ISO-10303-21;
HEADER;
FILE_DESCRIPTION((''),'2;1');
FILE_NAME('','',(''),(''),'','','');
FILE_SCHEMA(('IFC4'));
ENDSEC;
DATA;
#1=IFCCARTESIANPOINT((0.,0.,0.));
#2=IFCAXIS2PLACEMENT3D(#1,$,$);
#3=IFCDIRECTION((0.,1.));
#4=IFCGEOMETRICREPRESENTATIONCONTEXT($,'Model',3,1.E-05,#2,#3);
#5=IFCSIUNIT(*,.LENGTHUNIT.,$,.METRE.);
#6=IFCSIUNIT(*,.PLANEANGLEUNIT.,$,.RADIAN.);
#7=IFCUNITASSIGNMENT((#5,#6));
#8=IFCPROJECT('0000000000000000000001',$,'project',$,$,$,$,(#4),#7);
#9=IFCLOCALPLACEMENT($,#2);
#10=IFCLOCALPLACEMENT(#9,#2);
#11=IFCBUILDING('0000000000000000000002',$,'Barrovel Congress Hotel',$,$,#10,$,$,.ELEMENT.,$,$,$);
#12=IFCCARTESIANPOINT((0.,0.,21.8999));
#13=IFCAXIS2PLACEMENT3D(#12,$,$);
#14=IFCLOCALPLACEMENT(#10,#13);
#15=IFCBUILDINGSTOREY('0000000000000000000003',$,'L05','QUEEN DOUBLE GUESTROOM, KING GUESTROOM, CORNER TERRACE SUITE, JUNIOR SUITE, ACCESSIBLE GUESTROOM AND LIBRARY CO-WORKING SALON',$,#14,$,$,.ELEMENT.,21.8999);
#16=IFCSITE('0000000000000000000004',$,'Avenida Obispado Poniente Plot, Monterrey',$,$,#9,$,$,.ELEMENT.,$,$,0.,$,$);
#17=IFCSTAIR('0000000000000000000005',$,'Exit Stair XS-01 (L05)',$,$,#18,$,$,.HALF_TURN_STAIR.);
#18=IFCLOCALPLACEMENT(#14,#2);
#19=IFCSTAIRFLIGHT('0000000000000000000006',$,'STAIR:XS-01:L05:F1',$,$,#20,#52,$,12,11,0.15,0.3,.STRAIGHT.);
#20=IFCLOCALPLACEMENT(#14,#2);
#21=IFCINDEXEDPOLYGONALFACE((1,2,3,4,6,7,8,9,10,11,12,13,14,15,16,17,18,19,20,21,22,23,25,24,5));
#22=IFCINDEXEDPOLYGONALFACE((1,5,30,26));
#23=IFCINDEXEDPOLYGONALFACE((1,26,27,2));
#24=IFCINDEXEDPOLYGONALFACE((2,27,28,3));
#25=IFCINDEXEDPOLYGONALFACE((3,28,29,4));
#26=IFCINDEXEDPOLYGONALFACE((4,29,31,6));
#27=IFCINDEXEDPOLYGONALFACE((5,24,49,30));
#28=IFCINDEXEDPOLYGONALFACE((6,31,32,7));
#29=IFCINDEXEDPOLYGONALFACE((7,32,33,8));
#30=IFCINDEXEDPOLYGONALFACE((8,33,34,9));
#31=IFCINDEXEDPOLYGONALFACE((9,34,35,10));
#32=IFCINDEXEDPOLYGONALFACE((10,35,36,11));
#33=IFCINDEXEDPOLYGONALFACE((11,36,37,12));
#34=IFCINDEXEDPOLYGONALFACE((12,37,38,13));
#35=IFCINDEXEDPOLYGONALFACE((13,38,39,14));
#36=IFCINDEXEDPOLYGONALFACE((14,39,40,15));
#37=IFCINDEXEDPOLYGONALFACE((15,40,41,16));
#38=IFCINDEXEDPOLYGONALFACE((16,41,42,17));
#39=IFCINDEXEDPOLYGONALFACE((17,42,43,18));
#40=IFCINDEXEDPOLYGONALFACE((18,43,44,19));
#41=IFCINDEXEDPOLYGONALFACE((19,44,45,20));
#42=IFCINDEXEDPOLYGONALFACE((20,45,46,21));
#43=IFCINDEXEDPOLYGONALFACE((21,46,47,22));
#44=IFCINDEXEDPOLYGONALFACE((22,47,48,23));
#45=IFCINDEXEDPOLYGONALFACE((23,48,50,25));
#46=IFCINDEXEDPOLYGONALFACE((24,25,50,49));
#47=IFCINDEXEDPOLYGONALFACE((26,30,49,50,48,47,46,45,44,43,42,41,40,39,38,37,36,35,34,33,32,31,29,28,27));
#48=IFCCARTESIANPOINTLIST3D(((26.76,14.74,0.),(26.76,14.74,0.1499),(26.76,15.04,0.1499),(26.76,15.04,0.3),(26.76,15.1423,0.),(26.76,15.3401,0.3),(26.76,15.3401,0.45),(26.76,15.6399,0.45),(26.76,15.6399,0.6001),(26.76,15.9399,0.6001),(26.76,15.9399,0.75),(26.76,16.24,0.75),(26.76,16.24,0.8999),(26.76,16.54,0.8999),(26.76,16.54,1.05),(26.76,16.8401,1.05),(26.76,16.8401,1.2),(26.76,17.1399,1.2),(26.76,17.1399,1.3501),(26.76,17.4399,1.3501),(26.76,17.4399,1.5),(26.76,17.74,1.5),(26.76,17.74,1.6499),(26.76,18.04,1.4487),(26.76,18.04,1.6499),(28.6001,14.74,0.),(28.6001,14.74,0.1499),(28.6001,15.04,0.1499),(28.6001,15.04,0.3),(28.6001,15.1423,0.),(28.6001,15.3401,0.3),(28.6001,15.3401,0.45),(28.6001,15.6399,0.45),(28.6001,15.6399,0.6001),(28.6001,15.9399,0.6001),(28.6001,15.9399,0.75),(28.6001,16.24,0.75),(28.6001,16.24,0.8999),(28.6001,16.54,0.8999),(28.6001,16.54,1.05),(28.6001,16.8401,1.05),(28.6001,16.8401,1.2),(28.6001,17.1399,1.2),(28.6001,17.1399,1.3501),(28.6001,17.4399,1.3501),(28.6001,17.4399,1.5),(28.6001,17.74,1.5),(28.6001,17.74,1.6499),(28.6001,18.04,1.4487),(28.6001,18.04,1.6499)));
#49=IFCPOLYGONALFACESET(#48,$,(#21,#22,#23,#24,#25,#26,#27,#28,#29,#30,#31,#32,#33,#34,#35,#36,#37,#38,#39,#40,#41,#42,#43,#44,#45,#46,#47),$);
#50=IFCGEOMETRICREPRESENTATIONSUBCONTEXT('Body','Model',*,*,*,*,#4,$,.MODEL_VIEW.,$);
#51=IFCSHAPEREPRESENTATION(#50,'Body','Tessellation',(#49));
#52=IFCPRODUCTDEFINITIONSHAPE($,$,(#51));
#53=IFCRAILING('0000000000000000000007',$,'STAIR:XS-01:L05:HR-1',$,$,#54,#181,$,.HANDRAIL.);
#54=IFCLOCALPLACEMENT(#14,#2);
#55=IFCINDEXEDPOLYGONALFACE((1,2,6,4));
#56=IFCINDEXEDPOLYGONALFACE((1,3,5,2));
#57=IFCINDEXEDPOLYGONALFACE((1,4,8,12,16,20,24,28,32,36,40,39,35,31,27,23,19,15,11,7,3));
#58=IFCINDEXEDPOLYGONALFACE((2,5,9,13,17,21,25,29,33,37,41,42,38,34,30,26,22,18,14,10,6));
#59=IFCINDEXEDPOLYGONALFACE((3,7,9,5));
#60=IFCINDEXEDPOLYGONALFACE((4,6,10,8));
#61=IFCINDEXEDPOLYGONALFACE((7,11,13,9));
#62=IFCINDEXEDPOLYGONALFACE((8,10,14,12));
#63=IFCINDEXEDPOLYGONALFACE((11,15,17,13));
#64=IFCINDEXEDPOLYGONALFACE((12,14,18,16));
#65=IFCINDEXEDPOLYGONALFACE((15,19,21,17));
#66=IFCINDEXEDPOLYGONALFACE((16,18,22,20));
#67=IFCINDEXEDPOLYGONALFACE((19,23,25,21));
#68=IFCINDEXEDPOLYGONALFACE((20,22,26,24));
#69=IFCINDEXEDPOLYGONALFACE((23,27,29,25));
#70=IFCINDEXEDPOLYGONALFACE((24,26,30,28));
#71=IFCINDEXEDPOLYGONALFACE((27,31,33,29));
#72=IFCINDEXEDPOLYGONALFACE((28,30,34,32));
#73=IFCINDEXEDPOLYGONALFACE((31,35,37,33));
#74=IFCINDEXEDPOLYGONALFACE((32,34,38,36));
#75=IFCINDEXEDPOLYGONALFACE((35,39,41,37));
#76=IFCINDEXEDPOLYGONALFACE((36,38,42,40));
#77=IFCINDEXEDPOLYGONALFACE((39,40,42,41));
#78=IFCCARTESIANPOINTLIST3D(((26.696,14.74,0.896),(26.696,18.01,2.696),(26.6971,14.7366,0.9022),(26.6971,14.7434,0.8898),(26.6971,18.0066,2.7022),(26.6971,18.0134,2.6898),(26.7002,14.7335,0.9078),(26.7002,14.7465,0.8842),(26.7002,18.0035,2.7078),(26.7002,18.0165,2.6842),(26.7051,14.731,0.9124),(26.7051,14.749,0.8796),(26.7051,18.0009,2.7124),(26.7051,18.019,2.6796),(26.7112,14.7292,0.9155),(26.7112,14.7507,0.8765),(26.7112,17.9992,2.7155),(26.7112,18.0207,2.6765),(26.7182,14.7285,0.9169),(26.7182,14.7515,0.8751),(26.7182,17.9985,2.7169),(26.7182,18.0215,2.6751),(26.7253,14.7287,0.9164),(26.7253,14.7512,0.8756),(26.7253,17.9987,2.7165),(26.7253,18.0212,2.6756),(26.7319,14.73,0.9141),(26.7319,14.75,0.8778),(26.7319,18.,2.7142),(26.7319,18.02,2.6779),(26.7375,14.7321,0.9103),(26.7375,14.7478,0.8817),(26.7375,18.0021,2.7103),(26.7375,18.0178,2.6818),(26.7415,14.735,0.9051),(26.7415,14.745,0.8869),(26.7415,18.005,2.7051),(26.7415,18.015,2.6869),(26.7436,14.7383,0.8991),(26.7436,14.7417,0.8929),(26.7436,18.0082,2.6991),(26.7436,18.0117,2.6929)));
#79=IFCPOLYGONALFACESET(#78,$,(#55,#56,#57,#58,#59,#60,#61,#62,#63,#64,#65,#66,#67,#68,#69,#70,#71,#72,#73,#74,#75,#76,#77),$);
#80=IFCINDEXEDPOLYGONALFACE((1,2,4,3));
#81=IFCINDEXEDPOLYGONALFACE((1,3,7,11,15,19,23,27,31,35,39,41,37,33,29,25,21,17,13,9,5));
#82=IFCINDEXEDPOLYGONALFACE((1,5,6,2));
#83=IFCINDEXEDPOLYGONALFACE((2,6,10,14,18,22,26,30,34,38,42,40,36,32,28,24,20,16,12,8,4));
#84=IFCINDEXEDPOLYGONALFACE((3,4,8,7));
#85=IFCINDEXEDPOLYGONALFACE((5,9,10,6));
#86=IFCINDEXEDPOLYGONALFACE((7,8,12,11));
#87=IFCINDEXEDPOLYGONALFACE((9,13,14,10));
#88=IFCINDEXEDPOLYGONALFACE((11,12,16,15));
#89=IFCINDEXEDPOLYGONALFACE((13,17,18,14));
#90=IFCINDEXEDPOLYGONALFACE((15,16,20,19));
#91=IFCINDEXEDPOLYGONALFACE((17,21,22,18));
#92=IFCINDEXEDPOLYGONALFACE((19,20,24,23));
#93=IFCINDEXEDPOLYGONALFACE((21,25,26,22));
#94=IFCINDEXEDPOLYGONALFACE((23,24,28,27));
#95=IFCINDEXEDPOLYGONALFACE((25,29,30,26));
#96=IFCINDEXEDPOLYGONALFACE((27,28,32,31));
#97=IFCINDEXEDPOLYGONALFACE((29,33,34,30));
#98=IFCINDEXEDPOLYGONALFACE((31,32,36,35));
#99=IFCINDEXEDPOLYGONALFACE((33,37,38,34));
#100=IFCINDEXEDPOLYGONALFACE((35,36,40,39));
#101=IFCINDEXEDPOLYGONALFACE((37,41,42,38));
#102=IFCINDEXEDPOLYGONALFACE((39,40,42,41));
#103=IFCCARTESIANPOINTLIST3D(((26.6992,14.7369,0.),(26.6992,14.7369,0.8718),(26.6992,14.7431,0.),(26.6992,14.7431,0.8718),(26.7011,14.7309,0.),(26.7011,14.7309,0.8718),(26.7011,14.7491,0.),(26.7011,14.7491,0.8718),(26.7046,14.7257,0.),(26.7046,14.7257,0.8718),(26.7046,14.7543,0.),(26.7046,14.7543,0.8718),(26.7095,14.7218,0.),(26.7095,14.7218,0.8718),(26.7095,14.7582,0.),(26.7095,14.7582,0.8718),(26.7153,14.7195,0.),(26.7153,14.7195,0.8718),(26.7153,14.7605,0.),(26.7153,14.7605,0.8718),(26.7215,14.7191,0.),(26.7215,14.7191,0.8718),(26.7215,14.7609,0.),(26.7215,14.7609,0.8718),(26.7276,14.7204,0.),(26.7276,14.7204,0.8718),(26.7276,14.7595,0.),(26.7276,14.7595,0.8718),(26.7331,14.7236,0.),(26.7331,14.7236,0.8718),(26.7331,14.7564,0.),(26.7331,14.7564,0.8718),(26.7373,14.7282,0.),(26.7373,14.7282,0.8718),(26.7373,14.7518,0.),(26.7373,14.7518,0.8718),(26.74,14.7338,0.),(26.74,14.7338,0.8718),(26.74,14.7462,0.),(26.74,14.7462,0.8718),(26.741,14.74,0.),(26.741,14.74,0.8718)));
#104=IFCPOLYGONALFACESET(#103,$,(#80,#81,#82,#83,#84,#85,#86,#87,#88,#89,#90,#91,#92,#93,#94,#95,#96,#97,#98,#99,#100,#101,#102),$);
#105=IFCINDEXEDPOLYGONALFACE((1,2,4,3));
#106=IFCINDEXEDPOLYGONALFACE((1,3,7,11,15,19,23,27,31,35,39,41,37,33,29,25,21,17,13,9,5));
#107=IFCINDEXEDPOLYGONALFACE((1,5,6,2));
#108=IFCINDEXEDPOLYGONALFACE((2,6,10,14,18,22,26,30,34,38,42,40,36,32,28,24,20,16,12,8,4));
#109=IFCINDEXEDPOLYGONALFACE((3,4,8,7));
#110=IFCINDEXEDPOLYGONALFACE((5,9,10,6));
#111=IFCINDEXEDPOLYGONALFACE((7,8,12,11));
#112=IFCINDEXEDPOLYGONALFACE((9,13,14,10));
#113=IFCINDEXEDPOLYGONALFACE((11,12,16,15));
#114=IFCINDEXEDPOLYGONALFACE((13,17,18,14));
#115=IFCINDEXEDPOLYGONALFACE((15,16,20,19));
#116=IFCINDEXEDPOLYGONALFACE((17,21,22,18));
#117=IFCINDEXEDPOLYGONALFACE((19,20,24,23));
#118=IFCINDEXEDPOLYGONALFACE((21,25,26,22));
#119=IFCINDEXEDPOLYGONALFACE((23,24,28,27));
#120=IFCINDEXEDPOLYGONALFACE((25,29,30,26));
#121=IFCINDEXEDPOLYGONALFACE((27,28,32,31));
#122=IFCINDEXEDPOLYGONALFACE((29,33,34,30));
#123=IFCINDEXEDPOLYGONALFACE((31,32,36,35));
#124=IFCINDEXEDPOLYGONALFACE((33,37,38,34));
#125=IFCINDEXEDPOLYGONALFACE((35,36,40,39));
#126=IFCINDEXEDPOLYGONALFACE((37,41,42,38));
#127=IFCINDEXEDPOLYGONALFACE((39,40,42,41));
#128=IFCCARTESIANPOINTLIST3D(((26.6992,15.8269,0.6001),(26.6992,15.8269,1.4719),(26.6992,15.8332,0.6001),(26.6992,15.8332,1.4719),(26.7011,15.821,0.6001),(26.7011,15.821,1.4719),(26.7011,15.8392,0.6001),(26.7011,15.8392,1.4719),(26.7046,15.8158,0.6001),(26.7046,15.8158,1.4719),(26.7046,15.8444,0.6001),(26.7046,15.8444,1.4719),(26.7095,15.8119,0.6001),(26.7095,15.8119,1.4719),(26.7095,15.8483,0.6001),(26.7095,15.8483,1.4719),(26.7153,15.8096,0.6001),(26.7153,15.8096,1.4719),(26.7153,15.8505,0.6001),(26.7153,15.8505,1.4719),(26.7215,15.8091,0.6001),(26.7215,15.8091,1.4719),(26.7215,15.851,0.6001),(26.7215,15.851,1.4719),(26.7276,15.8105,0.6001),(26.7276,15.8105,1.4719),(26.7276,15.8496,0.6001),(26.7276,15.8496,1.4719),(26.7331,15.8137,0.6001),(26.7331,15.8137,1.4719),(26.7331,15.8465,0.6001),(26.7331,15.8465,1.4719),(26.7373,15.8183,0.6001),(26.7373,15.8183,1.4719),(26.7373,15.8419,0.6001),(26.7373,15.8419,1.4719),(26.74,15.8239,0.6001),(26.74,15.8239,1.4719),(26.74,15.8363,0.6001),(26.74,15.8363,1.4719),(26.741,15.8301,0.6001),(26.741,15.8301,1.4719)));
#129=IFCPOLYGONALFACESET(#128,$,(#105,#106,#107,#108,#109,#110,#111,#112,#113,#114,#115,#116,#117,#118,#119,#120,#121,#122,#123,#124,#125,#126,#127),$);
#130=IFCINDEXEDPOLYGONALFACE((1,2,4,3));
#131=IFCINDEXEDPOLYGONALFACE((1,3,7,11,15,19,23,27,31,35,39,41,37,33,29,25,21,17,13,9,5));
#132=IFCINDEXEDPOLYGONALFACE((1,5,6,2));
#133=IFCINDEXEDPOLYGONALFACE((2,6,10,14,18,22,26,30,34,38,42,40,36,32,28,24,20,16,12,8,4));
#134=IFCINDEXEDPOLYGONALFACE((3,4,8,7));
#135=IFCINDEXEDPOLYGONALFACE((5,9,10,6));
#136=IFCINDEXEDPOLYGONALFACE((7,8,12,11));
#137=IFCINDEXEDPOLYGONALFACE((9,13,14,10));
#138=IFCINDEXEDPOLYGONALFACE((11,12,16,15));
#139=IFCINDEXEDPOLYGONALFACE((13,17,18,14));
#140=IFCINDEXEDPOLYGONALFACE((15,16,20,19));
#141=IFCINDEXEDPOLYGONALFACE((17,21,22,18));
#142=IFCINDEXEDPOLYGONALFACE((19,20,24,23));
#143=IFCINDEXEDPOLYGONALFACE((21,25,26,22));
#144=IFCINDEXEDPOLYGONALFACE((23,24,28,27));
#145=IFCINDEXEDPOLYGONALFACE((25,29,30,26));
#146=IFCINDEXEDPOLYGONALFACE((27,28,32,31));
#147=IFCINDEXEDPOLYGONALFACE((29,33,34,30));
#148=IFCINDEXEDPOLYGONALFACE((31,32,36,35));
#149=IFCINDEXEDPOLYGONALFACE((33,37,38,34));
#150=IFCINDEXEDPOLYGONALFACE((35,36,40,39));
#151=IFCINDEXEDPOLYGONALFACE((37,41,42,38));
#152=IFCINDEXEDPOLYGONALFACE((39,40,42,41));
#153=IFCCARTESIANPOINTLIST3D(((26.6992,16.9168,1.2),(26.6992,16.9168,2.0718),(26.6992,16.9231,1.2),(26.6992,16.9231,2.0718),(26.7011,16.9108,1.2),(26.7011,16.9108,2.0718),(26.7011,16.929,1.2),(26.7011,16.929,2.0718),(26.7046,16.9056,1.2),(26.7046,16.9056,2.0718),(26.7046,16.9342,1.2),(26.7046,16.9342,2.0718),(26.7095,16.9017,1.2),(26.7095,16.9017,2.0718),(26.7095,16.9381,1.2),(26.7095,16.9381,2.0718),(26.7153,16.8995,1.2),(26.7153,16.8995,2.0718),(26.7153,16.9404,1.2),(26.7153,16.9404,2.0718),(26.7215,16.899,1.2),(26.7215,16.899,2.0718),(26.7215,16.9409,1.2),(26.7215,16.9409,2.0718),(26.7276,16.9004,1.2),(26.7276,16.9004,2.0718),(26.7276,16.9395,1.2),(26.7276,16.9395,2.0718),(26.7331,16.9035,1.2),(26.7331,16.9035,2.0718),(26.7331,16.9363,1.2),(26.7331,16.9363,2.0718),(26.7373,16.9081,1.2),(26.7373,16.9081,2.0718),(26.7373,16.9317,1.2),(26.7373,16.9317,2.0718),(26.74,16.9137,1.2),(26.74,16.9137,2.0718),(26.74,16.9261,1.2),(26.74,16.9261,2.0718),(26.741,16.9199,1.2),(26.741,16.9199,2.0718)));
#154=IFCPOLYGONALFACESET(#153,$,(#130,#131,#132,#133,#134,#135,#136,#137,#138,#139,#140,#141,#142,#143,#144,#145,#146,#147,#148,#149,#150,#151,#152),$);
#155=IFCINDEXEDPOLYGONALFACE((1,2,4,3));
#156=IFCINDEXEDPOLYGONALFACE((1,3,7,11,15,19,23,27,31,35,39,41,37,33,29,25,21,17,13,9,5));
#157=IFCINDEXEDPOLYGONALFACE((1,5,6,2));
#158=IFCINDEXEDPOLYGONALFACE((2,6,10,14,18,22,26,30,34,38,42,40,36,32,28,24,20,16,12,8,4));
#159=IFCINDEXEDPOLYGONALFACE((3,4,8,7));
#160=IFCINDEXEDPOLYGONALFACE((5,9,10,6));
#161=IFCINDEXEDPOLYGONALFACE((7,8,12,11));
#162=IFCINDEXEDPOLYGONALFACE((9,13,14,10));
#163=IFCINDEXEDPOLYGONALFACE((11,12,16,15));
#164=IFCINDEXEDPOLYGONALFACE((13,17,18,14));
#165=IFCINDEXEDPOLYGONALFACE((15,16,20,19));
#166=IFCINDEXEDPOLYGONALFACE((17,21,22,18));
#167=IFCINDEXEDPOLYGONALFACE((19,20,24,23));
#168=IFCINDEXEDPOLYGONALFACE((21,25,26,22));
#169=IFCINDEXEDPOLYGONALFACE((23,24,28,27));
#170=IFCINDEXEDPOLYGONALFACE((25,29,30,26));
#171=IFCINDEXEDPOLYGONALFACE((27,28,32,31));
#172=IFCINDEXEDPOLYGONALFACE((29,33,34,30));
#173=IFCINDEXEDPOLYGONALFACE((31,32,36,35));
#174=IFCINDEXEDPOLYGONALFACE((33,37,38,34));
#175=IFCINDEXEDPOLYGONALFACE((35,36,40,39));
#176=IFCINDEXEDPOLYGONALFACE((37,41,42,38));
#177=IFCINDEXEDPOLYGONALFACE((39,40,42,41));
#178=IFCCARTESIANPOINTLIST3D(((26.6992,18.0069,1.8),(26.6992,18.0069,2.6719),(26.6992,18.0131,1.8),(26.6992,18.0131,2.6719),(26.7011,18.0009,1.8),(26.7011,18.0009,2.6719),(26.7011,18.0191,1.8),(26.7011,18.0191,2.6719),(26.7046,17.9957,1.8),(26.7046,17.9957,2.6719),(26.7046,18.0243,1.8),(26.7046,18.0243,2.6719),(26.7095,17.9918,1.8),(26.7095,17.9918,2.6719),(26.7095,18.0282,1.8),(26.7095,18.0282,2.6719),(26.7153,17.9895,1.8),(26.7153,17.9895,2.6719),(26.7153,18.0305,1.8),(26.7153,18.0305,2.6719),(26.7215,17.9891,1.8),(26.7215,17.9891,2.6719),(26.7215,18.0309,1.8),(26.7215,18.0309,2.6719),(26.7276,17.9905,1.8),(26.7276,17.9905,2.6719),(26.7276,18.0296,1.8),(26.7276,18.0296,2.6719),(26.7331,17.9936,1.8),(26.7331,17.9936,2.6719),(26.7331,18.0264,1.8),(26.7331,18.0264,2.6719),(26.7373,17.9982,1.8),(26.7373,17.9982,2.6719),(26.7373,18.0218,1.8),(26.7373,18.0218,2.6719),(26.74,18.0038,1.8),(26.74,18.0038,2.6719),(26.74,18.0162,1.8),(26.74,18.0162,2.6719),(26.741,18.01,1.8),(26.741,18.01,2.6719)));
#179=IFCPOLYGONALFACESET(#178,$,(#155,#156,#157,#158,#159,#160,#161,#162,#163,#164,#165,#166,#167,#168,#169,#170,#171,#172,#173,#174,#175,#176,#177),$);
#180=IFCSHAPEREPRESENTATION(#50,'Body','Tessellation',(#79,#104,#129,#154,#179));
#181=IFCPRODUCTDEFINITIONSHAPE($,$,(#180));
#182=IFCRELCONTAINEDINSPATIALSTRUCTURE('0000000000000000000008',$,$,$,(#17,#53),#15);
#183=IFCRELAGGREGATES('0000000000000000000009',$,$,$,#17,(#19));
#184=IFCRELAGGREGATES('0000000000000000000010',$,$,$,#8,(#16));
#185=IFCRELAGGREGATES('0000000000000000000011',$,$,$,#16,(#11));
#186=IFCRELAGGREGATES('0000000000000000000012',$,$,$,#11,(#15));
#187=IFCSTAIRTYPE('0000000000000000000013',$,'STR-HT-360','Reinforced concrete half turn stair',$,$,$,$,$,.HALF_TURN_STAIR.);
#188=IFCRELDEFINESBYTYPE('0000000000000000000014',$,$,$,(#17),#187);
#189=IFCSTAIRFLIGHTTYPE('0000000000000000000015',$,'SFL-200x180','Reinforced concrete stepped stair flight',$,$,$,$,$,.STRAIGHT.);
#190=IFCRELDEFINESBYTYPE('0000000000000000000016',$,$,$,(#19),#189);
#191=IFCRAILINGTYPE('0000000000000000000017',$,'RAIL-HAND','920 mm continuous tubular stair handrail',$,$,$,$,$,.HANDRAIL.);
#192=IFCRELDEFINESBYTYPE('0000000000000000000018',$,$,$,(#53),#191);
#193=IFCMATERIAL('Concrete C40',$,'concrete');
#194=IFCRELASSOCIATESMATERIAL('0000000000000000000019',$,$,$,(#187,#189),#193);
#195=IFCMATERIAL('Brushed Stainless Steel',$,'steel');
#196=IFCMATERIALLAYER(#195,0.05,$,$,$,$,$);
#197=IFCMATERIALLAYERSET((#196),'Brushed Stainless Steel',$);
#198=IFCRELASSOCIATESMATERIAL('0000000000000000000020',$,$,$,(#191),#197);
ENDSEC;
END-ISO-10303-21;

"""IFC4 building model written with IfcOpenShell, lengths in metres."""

from ifc_helpers import new_model, si_unit, direction, frame, origin, origin_2d, place, context, subcontext, project, spatial, polyline, circle, outline, extrude, material, layer, layer_set, type_object, element, aggregate, save


model = new_model("IFC4")

# Units and contexts
model_context = context("Model", 3, precision=1e-05, world=origin(), true_north=direction((0.0, 1.0)))
body_context = subcontext(model_context, "Body", "Model", "MODEL_VIEW")
ifc_project = project(units=[si_unit("LENGTHUNIT", "METRE"), si_unit("PLANEANGLEUNIT", "RADIAN")], contexts=[model_context])

# Site, building, storey
site_placement = place(None, origin())
site = spatial("IfcSite", under=ifc_project, at=site_placement, Name="Avenida Obispado Poniente Plot, Monterrey", CompositionType="ELEMENT", RefElevation=0.0)
building_placement = place(site_placement, origin())
building = spatial("IfcBuilding", under=site, at=building_placement, Name="Barrovel Congress Hotel", CompositionType="ELEMENT")
storey_placement = place(building_placement, frame((0.0, 0.0, 21.8999)))
storey = spatial("IfcBuildingStorey", under=building, at=storey_placement, Name="L05", Description="QUEEN DOUBLE GUESTROOM, KING GUESTROOM, CORNER TERRACE SUITE, JUNIOR SUITE, ACCESSIBLE GUESTROOM AND LIBRARY CO-WORKING SALON", CompositionType="ELEMENT", Elevation=21.8999)

# Shared definitions
ifc_material_1 = material(Name="Concrete C40", Category="concrete")

# Stair, stair flight
stair_type = type_object("IfcStairType", Name="STR-HT-360", Description="Reinforced concrete half turn stair", PredefinedType="HALF_TURN_STAIR", material=ifc_material_1)
stair_placement = place(storey_placement, origin())
stair = element("IfcStair", 1, at=stair_placement, inside=storey, type_object=stair_type, Name="Exit Stair XS-01 (L05)", PredefinedType="HALF_TURN_STAIR")
stair_flight_type = type_object("IfcStairFlightType", Name="SFL-200x180", Description="Reinforced concrete stepped stair flight", PredefinedType="STRAIGHT", material=ifc_material_1)
stair_flight_placement = place(storey_placement, frame((27.6799, 14.74, 0.0), z_axis=(0.0, 0.0, 1.0), x_axis=(0.0, 1.0, 0.0)))
stair_flight = element("IfcStairFlight", 2, at=stair_flight_placement, type_object=stair_flight_type, Name="STAIR:XS-01:L05:F1", NumberOfRisers=12, NumberOfTreads=11, PredefinedType="STRAIGHT", RiserHeight=0.15, TreadLength=0.3, context=body_context, shape_type="SweptSolid", body=[
    extrude(outline(polyline([(0.0, 0.0), (0.0, 0.1499), (0.3, 0.1499), (0.3, 0.3), (0.6001, 0.3), (0.6001, 0.45), (0.8999, 0.45), (0.8999, 0.6001), (1.2, 0.6001), (1.2, 0.75), (1.5, 0.75), (1.5, 0.8999), (1.8, 0.8999), (1.8, 1.05), (2.1001, 1.05), (2.1001, 1.2), (2.3999, 1.2), (2.3999, 1.3501), (2.7, 1.3501), (2.7, 1.5), (3.0, 1.5), (3.0, 1.6499), (3.3, 1.6499), (3.3, 1.8), (3.3, 1.4487), (0.4023, 0.0), (0.0, 0.0)])), frame((0.0, 0.9199, 0.0), z_axis=(0.0, -1.0, 0.0), x_axis=(1.0, 0.0, 0.0)), (0.0, 0.0, 1.0), 1.8401),
])
aggregate(stair, [stair_flight])

# Railing
ifc_material_2 = material(Name="Brushed Stainless Steel", Category="steel")
ifc_layer_1 = layer(ifc_material_2, 0.05)
ifc_layer_set_1 = layer_set([ifc_layer_1], Name="Brushed Stainless Steel")
railing_type_1 = type_object("IfcRailingType", Name="RAIL-HAND", Description="920 mm continuous tubular stair handrail", PredefinedType="HANDRAIL", material=ifc_layer_set_1)
railing_1_placement = place(storey_placement, frame((26.72, 14.74, 0.0)))
element("IfcRailing", 3, at=railing_1_placement, inside=storey, type_object=railing_type_1, Name="STAIR:XS-01:L05:HR-1", PredefinedType="HANDRAIL", context=body_context, shape_type="SweptSolid", body=[
    extrude(circle(Radius=0.0239, at=origin_2d()), frame((0.0, 0.0, 0.896), z_axis=(0.0, 0.876042, 0.482235), x_axis=(-1.0, 0.0, 0.0)), (0.0, 0.0, 1.0), 3.7327),
    extrude(circle(Radius=0.021, at=origin_2d()), origin(), (0.0, 0.0, 1.0), 0.8718),
    extrude(circle(Radius=0.021, at=origin_2d()), frame((0.0, 1.0901, 0.6001)), (0.0, 0.0, 1.0), 0.8718),
    extrude(circle(Radius=0.021, at=origin_2d()), frame((0.0, 2.1799, 1.2)), (0.0, 0.0, 1.0), 0.8718),
    extrude(circle(Radius=0.021, at=origin_2d()), frame((0.0, 3.27, 1.8)), (0.0, 0.0, 1.0), 0.8718),
])

save(model, "model.ifc")
